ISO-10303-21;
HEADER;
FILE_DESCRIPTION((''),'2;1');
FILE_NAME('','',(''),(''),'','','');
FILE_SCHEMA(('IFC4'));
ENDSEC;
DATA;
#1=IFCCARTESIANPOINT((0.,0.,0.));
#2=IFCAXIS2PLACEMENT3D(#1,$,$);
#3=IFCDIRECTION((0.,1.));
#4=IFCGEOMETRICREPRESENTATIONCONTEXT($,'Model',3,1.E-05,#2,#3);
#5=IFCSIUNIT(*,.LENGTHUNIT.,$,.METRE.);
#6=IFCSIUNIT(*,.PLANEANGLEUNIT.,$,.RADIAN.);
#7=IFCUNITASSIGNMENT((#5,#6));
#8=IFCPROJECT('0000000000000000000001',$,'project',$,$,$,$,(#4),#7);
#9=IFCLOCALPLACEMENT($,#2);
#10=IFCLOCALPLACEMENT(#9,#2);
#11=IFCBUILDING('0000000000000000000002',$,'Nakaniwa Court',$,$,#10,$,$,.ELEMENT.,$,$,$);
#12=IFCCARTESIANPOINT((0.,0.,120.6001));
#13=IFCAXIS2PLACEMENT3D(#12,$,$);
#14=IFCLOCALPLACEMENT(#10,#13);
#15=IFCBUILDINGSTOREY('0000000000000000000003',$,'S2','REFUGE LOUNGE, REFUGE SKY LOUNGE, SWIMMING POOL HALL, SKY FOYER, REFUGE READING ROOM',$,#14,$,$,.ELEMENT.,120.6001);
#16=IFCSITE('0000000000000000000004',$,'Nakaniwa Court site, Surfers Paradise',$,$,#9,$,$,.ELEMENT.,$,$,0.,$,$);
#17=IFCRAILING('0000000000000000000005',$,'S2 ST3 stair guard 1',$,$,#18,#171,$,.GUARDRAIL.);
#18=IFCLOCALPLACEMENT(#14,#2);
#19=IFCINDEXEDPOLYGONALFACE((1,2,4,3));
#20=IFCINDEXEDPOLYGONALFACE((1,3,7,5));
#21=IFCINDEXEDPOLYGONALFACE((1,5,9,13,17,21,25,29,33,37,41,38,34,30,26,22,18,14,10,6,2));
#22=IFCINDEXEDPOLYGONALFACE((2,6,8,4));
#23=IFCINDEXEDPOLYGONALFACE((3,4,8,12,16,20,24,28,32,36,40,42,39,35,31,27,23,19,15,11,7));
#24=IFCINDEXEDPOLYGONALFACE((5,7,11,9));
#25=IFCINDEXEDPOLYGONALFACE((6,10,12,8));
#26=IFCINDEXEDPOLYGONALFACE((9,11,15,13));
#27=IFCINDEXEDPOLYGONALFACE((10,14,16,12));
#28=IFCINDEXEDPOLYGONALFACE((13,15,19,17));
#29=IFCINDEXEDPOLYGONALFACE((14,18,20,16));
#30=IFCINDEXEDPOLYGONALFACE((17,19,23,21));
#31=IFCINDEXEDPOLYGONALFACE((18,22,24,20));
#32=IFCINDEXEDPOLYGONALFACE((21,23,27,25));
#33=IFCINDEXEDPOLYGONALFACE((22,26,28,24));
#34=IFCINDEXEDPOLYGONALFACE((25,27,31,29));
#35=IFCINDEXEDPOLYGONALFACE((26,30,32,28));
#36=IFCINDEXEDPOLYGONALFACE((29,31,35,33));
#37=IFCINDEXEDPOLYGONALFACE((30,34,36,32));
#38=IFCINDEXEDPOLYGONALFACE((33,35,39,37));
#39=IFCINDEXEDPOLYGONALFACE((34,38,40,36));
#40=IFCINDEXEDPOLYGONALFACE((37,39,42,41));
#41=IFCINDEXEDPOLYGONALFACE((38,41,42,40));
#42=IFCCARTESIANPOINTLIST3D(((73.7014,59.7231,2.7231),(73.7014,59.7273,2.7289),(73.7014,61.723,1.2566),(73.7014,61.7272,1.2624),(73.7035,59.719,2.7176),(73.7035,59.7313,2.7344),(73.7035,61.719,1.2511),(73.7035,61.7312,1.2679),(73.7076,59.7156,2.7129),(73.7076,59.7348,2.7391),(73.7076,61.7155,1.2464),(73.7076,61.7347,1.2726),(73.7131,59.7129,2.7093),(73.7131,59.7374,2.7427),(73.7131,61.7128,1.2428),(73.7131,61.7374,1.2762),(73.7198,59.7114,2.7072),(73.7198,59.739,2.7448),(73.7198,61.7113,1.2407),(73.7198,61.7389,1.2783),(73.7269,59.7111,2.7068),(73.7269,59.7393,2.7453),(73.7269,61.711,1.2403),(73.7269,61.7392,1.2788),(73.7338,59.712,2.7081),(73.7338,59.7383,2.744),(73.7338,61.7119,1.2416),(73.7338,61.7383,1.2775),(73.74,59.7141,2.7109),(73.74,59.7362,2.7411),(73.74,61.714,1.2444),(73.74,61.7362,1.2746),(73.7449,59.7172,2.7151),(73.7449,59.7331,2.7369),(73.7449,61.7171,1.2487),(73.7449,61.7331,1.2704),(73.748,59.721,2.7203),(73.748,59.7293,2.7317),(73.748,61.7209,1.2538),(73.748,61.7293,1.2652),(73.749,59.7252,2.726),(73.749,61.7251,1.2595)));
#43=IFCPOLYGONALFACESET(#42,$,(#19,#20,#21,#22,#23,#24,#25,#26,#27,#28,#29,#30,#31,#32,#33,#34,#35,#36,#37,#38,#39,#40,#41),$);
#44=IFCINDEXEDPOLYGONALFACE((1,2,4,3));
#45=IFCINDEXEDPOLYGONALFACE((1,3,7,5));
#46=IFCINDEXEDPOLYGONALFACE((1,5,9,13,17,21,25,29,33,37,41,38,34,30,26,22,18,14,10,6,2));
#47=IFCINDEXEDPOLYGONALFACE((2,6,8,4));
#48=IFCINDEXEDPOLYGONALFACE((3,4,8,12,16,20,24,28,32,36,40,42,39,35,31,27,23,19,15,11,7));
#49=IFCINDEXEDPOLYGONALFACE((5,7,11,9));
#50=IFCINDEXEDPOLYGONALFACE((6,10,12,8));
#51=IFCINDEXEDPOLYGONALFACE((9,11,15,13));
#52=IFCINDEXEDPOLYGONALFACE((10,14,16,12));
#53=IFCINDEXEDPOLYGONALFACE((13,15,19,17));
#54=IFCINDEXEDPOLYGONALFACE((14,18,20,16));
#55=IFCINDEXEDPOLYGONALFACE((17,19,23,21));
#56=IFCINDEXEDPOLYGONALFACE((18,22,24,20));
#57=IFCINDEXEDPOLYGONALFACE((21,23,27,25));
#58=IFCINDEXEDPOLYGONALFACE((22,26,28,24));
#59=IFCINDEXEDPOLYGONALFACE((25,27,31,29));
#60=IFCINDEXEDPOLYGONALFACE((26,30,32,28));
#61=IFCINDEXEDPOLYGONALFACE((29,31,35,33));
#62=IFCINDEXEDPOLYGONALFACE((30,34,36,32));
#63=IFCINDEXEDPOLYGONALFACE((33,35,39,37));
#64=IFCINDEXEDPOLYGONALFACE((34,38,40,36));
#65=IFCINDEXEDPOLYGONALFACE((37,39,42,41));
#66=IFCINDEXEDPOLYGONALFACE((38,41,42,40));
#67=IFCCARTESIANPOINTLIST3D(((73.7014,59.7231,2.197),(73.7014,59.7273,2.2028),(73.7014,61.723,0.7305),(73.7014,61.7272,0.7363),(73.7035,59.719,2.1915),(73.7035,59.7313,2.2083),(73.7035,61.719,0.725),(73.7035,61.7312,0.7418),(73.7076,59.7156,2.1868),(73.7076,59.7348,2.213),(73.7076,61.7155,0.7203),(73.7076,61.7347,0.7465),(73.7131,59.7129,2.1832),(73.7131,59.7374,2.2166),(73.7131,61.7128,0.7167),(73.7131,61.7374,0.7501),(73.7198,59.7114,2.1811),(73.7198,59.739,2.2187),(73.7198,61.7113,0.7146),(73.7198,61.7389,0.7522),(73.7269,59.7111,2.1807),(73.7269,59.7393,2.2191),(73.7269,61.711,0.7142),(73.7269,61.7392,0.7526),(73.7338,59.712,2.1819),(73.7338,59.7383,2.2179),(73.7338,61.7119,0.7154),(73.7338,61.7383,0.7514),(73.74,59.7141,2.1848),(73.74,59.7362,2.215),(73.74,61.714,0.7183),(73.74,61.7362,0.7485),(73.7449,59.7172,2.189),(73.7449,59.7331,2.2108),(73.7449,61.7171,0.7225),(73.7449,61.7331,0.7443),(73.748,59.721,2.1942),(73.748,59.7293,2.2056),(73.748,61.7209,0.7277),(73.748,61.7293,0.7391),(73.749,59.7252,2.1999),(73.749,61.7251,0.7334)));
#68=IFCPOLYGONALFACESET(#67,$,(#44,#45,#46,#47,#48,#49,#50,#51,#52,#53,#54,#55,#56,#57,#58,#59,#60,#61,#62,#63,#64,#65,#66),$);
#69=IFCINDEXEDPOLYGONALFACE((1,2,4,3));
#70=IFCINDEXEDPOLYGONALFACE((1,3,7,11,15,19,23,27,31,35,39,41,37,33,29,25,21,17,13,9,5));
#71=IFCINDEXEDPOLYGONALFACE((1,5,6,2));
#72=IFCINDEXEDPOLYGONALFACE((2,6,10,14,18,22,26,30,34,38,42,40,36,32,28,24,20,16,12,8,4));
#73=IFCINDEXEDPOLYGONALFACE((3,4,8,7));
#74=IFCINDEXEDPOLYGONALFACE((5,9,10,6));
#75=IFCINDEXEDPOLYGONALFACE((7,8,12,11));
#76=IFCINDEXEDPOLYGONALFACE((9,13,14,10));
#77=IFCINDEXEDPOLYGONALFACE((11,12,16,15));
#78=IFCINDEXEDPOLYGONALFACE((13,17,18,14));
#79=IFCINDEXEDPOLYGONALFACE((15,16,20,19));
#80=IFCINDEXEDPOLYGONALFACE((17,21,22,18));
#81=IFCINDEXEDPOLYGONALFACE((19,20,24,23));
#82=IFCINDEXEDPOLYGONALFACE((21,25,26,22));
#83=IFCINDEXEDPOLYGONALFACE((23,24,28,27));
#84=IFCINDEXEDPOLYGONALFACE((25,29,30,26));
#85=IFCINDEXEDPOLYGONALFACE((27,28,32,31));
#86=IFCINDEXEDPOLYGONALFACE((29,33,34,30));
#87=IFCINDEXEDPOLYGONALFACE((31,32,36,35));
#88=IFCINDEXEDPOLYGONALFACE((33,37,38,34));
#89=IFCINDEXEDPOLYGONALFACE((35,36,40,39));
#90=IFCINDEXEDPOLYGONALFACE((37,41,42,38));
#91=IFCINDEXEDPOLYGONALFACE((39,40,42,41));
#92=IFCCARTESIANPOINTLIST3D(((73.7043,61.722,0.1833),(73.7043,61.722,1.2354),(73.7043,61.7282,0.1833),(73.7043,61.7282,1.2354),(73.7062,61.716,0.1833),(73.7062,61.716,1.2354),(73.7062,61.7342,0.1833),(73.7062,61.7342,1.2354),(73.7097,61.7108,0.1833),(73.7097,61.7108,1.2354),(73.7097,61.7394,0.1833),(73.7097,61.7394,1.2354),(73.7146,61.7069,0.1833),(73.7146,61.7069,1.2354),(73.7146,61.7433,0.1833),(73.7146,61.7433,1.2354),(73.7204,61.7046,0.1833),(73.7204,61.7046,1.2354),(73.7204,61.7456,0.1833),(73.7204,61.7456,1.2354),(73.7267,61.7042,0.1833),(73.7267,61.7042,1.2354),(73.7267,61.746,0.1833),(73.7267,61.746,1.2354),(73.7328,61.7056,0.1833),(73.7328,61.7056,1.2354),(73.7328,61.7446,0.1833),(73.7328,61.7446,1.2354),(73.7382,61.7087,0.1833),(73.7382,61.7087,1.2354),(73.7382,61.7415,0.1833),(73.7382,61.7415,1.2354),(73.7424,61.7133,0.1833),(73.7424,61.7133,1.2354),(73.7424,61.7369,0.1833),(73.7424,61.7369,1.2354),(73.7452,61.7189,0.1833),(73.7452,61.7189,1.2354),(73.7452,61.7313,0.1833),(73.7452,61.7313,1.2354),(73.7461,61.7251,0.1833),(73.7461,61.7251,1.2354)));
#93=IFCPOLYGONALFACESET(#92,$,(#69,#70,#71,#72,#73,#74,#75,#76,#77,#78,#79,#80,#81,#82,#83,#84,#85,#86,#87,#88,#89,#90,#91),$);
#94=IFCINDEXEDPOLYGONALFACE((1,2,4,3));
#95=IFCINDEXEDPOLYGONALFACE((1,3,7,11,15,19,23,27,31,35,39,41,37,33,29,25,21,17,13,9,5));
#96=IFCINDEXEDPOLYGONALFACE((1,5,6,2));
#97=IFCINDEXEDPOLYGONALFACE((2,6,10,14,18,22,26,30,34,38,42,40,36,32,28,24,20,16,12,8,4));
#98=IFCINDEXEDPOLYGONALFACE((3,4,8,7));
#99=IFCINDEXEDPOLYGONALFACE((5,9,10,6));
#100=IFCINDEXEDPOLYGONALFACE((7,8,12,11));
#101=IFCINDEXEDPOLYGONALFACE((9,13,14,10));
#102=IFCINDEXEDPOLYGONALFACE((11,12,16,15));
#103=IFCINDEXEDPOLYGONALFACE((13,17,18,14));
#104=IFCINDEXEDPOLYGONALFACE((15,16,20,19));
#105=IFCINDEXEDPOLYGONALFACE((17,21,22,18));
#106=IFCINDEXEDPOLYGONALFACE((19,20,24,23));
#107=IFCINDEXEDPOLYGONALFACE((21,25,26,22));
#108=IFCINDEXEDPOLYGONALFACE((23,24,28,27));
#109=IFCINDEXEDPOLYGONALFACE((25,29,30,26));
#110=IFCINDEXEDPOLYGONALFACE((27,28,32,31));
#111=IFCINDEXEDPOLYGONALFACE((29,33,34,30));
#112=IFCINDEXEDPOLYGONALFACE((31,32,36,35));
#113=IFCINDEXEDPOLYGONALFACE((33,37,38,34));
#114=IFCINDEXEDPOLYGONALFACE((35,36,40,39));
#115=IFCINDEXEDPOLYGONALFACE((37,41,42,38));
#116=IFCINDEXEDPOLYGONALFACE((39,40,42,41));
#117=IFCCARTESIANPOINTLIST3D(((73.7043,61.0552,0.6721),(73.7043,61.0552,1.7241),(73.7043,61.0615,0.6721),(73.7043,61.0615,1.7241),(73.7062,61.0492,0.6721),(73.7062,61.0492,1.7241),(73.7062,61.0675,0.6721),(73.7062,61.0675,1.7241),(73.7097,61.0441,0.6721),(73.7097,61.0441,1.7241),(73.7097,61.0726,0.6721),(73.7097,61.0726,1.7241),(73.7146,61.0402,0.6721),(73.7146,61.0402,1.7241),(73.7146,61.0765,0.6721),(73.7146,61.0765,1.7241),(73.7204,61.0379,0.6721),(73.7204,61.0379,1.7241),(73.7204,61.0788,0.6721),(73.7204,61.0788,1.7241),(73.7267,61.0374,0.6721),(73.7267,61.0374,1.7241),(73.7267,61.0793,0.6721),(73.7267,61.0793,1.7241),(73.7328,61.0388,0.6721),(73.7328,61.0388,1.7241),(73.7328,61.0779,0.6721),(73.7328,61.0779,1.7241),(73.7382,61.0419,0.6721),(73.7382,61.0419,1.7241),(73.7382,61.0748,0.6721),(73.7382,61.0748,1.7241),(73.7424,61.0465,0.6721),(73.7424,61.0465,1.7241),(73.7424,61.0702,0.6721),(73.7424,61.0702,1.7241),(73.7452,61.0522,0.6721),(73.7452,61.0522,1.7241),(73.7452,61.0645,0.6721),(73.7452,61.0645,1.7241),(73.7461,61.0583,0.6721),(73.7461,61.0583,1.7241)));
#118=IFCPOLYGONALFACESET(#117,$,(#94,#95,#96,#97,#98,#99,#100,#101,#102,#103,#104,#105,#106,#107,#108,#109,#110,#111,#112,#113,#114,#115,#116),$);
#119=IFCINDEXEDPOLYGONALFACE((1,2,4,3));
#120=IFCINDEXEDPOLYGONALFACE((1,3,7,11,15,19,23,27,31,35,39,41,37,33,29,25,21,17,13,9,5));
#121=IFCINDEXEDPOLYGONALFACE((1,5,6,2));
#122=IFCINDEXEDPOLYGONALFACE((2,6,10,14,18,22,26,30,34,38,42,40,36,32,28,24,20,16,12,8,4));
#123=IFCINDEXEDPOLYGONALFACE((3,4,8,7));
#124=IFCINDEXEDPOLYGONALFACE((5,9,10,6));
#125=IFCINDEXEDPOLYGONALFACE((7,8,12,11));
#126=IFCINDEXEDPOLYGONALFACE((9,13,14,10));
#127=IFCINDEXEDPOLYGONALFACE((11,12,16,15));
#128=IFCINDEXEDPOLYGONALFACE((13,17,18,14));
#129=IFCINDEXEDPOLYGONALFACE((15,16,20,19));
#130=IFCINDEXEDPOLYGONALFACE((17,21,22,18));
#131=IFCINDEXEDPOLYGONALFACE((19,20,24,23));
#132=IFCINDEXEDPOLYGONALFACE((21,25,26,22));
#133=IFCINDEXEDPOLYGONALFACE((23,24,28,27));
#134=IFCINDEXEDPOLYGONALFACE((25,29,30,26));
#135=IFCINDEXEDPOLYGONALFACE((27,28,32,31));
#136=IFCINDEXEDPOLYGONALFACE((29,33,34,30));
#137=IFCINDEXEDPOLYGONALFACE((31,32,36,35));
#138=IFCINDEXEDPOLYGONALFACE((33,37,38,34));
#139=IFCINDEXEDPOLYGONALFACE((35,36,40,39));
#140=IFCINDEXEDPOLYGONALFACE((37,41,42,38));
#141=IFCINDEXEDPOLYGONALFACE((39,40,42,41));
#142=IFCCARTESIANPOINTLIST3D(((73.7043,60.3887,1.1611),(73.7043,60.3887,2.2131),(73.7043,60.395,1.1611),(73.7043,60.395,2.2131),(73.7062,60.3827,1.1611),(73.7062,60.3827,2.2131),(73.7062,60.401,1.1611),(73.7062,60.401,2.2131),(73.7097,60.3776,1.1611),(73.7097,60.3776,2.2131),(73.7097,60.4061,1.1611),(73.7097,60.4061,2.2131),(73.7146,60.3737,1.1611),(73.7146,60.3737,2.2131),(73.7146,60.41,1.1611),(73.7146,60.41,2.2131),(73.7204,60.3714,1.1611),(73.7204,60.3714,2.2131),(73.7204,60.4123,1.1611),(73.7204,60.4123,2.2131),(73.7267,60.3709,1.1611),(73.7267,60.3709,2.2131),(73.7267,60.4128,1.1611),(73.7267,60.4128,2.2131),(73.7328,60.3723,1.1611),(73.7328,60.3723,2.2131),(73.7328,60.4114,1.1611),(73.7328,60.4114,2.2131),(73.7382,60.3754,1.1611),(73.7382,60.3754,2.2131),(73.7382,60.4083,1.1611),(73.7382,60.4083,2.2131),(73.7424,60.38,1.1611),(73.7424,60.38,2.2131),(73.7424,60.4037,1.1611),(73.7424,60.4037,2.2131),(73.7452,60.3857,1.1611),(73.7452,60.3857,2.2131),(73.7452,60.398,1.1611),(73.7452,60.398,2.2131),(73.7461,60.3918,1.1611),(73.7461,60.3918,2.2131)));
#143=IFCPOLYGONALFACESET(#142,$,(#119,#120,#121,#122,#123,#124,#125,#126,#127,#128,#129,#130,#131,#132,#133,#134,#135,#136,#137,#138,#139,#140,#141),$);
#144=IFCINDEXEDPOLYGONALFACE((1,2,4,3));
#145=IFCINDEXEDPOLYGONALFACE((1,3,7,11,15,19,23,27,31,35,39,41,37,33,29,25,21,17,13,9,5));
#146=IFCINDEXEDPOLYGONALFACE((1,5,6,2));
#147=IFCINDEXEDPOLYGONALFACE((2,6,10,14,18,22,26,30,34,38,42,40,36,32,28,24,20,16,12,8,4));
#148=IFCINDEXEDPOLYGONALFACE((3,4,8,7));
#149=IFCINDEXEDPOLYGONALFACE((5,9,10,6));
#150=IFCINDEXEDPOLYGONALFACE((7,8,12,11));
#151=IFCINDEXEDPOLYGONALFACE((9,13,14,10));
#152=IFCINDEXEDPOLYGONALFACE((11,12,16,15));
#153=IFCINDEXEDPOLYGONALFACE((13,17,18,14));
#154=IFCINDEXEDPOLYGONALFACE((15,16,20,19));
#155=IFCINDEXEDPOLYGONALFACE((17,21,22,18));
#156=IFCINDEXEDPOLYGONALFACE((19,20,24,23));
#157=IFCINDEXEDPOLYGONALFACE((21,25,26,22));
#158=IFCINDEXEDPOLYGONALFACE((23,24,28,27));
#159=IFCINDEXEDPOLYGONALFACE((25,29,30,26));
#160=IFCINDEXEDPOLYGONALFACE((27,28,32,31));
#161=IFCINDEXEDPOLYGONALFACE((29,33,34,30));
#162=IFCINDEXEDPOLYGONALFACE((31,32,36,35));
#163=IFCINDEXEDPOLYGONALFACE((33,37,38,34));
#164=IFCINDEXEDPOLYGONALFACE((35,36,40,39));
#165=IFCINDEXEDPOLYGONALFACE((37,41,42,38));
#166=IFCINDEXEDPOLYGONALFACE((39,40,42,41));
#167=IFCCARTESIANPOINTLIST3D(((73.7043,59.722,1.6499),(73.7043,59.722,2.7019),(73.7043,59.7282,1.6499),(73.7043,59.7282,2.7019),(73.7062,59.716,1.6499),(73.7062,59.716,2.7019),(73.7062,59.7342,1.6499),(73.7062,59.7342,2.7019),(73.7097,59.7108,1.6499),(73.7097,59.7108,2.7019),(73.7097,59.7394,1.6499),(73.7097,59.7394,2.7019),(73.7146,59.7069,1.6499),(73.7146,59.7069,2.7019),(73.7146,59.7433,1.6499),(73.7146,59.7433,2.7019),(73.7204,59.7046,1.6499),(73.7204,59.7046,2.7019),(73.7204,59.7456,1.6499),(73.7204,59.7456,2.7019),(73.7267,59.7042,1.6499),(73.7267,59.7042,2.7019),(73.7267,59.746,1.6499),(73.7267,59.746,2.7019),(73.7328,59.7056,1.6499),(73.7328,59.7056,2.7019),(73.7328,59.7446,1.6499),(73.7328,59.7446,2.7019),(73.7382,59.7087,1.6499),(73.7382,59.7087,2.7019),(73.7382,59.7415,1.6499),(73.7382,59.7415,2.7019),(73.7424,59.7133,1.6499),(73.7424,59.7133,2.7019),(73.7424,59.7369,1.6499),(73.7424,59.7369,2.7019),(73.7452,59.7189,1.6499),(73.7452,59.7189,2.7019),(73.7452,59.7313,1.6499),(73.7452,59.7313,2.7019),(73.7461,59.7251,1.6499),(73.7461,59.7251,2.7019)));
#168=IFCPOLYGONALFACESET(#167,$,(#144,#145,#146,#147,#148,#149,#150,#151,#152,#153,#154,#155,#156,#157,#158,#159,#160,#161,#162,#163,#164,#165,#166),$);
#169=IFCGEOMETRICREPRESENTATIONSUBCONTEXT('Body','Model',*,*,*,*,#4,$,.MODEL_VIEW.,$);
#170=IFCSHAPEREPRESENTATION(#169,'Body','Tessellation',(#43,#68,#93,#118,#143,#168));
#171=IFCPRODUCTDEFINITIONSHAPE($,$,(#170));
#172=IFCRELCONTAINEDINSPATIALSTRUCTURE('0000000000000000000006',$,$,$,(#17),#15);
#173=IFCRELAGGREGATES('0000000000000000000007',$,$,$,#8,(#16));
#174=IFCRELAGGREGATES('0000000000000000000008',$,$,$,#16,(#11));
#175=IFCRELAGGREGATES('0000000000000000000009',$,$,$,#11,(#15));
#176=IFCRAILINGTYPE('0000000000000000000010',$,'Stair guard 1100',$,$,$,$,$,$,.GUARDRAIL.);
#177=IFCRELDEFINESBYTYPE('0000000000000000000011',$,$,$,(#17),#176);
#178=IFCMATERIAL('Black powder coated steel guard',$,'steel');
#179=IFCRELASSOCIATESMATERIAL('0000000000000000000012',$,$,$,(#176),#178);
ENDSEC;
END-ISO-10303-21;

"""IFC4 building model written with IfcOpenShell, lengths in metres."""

from ifc_helpers import new_model, si_unit, direction, frame, origin, origin_2d, place, context, subcontext, project, spatial, circle, extrude, material, type_object, element, save


model = new_model("IFC4")

# Units and contexts
model_context = context("Model", 3, precision=1e-05, world=origin(), true_north=direction((0.0, 1.0)))
body_context = subcontext(model_context, "Body", "Model", "MODEL_VIEW")
ifc_project = project(units=[si_unit("LENGTHUNIT", "METRE"), si_unit("PLANEANGLEUNIT", "RADIAN")], contexts=[model_context])

# Site, building, storey
site_placement = place(None, origin())
site = spatial("IfcSite", under=ifc_project, at=site_placement, Name="Nakaniwa Court site, Surfers Paradise", CompositionType="ELEMENT", RefElevation=0.0)
building_placement = place(site_placement, origin())
building = spatial("IfcBuilding", under=site, at=building_placement, Name="Nakaniwa Court", CompositionType="ELEMENT")
storey_placement = place(building_placement, frame((0.0, 0.0, 120.6001)))
storey = spatial("IfcBuildingStorey", under=building, at=storey_placement, Name="S2", Description="REFUGE LOUNGE, REFUGE SKY LOUNGE, SWIMMING POOL HALL, SKY FOYER, REFUGE READING ROOM", CompositionType="ELEMENT", Elevation=120.6001)

# Railing
ifc_material_1 = material(Name="Black powder coated steel guard", Category="steel")
railing_type_1 = type_object("IfcRailingType", Name="Stair guard 1100", PredefinedType="GUARDRAIL", material=ifc_material_1)
railing_1_placement = place(storey_placement, frame((73.7251, 61.7251, 0.1833)))
element("IfcRailing", 1, at=railing_1_placement, inside=storey, type_object=railing_type_1, Name="S2 ST3 stair guard 1", PredefinedType="GUARDRAIL", context=body_context, shape_type="SweptSolid", body=[
    extrude(circle(Radius=0.0239, at=origin_2d()), frame((0.0, 0.0, 1.0762), z_axis=(0.0, -0.806427, 0.591334), x_axis=(1.0, 0.0, 0.0)), (0.0, 0.0, 1.0), 2.48),
    extrude(circle(Radius=0.0239, at=origin_2d()), frame((0.0, 0.0, 0.55), z_axis=(0.0, -0.806427, 0.591334), x_axis=(1.0, 0.0, 0.0)), (0.0, 0.0, 1.0), 2.48),
    extrude(circle(Radius=0.021, at=origin_2d()), origin(), (0.0, 0.0, 1.0), 1.052),
    extrude(circle(Radius=0.021, at=origin_2d()), frame((0.0, -0.6667, 0.4888)), (0.0, 0.0, 1.0), 1.052),
    extrude(circle(Radius=0.021, at=origin_2d()), frame((0.0, -1.3333, 0.9778)), (0.0, 0.0, 1.0), 1.052),
    extrude(circle(Radius=0.021, at=origin_2d()), frame((0.0, -2.0, 1.4666)), (0.0, 0.0, 1.0), 1.052),
])

save(model, "model.ifc")
